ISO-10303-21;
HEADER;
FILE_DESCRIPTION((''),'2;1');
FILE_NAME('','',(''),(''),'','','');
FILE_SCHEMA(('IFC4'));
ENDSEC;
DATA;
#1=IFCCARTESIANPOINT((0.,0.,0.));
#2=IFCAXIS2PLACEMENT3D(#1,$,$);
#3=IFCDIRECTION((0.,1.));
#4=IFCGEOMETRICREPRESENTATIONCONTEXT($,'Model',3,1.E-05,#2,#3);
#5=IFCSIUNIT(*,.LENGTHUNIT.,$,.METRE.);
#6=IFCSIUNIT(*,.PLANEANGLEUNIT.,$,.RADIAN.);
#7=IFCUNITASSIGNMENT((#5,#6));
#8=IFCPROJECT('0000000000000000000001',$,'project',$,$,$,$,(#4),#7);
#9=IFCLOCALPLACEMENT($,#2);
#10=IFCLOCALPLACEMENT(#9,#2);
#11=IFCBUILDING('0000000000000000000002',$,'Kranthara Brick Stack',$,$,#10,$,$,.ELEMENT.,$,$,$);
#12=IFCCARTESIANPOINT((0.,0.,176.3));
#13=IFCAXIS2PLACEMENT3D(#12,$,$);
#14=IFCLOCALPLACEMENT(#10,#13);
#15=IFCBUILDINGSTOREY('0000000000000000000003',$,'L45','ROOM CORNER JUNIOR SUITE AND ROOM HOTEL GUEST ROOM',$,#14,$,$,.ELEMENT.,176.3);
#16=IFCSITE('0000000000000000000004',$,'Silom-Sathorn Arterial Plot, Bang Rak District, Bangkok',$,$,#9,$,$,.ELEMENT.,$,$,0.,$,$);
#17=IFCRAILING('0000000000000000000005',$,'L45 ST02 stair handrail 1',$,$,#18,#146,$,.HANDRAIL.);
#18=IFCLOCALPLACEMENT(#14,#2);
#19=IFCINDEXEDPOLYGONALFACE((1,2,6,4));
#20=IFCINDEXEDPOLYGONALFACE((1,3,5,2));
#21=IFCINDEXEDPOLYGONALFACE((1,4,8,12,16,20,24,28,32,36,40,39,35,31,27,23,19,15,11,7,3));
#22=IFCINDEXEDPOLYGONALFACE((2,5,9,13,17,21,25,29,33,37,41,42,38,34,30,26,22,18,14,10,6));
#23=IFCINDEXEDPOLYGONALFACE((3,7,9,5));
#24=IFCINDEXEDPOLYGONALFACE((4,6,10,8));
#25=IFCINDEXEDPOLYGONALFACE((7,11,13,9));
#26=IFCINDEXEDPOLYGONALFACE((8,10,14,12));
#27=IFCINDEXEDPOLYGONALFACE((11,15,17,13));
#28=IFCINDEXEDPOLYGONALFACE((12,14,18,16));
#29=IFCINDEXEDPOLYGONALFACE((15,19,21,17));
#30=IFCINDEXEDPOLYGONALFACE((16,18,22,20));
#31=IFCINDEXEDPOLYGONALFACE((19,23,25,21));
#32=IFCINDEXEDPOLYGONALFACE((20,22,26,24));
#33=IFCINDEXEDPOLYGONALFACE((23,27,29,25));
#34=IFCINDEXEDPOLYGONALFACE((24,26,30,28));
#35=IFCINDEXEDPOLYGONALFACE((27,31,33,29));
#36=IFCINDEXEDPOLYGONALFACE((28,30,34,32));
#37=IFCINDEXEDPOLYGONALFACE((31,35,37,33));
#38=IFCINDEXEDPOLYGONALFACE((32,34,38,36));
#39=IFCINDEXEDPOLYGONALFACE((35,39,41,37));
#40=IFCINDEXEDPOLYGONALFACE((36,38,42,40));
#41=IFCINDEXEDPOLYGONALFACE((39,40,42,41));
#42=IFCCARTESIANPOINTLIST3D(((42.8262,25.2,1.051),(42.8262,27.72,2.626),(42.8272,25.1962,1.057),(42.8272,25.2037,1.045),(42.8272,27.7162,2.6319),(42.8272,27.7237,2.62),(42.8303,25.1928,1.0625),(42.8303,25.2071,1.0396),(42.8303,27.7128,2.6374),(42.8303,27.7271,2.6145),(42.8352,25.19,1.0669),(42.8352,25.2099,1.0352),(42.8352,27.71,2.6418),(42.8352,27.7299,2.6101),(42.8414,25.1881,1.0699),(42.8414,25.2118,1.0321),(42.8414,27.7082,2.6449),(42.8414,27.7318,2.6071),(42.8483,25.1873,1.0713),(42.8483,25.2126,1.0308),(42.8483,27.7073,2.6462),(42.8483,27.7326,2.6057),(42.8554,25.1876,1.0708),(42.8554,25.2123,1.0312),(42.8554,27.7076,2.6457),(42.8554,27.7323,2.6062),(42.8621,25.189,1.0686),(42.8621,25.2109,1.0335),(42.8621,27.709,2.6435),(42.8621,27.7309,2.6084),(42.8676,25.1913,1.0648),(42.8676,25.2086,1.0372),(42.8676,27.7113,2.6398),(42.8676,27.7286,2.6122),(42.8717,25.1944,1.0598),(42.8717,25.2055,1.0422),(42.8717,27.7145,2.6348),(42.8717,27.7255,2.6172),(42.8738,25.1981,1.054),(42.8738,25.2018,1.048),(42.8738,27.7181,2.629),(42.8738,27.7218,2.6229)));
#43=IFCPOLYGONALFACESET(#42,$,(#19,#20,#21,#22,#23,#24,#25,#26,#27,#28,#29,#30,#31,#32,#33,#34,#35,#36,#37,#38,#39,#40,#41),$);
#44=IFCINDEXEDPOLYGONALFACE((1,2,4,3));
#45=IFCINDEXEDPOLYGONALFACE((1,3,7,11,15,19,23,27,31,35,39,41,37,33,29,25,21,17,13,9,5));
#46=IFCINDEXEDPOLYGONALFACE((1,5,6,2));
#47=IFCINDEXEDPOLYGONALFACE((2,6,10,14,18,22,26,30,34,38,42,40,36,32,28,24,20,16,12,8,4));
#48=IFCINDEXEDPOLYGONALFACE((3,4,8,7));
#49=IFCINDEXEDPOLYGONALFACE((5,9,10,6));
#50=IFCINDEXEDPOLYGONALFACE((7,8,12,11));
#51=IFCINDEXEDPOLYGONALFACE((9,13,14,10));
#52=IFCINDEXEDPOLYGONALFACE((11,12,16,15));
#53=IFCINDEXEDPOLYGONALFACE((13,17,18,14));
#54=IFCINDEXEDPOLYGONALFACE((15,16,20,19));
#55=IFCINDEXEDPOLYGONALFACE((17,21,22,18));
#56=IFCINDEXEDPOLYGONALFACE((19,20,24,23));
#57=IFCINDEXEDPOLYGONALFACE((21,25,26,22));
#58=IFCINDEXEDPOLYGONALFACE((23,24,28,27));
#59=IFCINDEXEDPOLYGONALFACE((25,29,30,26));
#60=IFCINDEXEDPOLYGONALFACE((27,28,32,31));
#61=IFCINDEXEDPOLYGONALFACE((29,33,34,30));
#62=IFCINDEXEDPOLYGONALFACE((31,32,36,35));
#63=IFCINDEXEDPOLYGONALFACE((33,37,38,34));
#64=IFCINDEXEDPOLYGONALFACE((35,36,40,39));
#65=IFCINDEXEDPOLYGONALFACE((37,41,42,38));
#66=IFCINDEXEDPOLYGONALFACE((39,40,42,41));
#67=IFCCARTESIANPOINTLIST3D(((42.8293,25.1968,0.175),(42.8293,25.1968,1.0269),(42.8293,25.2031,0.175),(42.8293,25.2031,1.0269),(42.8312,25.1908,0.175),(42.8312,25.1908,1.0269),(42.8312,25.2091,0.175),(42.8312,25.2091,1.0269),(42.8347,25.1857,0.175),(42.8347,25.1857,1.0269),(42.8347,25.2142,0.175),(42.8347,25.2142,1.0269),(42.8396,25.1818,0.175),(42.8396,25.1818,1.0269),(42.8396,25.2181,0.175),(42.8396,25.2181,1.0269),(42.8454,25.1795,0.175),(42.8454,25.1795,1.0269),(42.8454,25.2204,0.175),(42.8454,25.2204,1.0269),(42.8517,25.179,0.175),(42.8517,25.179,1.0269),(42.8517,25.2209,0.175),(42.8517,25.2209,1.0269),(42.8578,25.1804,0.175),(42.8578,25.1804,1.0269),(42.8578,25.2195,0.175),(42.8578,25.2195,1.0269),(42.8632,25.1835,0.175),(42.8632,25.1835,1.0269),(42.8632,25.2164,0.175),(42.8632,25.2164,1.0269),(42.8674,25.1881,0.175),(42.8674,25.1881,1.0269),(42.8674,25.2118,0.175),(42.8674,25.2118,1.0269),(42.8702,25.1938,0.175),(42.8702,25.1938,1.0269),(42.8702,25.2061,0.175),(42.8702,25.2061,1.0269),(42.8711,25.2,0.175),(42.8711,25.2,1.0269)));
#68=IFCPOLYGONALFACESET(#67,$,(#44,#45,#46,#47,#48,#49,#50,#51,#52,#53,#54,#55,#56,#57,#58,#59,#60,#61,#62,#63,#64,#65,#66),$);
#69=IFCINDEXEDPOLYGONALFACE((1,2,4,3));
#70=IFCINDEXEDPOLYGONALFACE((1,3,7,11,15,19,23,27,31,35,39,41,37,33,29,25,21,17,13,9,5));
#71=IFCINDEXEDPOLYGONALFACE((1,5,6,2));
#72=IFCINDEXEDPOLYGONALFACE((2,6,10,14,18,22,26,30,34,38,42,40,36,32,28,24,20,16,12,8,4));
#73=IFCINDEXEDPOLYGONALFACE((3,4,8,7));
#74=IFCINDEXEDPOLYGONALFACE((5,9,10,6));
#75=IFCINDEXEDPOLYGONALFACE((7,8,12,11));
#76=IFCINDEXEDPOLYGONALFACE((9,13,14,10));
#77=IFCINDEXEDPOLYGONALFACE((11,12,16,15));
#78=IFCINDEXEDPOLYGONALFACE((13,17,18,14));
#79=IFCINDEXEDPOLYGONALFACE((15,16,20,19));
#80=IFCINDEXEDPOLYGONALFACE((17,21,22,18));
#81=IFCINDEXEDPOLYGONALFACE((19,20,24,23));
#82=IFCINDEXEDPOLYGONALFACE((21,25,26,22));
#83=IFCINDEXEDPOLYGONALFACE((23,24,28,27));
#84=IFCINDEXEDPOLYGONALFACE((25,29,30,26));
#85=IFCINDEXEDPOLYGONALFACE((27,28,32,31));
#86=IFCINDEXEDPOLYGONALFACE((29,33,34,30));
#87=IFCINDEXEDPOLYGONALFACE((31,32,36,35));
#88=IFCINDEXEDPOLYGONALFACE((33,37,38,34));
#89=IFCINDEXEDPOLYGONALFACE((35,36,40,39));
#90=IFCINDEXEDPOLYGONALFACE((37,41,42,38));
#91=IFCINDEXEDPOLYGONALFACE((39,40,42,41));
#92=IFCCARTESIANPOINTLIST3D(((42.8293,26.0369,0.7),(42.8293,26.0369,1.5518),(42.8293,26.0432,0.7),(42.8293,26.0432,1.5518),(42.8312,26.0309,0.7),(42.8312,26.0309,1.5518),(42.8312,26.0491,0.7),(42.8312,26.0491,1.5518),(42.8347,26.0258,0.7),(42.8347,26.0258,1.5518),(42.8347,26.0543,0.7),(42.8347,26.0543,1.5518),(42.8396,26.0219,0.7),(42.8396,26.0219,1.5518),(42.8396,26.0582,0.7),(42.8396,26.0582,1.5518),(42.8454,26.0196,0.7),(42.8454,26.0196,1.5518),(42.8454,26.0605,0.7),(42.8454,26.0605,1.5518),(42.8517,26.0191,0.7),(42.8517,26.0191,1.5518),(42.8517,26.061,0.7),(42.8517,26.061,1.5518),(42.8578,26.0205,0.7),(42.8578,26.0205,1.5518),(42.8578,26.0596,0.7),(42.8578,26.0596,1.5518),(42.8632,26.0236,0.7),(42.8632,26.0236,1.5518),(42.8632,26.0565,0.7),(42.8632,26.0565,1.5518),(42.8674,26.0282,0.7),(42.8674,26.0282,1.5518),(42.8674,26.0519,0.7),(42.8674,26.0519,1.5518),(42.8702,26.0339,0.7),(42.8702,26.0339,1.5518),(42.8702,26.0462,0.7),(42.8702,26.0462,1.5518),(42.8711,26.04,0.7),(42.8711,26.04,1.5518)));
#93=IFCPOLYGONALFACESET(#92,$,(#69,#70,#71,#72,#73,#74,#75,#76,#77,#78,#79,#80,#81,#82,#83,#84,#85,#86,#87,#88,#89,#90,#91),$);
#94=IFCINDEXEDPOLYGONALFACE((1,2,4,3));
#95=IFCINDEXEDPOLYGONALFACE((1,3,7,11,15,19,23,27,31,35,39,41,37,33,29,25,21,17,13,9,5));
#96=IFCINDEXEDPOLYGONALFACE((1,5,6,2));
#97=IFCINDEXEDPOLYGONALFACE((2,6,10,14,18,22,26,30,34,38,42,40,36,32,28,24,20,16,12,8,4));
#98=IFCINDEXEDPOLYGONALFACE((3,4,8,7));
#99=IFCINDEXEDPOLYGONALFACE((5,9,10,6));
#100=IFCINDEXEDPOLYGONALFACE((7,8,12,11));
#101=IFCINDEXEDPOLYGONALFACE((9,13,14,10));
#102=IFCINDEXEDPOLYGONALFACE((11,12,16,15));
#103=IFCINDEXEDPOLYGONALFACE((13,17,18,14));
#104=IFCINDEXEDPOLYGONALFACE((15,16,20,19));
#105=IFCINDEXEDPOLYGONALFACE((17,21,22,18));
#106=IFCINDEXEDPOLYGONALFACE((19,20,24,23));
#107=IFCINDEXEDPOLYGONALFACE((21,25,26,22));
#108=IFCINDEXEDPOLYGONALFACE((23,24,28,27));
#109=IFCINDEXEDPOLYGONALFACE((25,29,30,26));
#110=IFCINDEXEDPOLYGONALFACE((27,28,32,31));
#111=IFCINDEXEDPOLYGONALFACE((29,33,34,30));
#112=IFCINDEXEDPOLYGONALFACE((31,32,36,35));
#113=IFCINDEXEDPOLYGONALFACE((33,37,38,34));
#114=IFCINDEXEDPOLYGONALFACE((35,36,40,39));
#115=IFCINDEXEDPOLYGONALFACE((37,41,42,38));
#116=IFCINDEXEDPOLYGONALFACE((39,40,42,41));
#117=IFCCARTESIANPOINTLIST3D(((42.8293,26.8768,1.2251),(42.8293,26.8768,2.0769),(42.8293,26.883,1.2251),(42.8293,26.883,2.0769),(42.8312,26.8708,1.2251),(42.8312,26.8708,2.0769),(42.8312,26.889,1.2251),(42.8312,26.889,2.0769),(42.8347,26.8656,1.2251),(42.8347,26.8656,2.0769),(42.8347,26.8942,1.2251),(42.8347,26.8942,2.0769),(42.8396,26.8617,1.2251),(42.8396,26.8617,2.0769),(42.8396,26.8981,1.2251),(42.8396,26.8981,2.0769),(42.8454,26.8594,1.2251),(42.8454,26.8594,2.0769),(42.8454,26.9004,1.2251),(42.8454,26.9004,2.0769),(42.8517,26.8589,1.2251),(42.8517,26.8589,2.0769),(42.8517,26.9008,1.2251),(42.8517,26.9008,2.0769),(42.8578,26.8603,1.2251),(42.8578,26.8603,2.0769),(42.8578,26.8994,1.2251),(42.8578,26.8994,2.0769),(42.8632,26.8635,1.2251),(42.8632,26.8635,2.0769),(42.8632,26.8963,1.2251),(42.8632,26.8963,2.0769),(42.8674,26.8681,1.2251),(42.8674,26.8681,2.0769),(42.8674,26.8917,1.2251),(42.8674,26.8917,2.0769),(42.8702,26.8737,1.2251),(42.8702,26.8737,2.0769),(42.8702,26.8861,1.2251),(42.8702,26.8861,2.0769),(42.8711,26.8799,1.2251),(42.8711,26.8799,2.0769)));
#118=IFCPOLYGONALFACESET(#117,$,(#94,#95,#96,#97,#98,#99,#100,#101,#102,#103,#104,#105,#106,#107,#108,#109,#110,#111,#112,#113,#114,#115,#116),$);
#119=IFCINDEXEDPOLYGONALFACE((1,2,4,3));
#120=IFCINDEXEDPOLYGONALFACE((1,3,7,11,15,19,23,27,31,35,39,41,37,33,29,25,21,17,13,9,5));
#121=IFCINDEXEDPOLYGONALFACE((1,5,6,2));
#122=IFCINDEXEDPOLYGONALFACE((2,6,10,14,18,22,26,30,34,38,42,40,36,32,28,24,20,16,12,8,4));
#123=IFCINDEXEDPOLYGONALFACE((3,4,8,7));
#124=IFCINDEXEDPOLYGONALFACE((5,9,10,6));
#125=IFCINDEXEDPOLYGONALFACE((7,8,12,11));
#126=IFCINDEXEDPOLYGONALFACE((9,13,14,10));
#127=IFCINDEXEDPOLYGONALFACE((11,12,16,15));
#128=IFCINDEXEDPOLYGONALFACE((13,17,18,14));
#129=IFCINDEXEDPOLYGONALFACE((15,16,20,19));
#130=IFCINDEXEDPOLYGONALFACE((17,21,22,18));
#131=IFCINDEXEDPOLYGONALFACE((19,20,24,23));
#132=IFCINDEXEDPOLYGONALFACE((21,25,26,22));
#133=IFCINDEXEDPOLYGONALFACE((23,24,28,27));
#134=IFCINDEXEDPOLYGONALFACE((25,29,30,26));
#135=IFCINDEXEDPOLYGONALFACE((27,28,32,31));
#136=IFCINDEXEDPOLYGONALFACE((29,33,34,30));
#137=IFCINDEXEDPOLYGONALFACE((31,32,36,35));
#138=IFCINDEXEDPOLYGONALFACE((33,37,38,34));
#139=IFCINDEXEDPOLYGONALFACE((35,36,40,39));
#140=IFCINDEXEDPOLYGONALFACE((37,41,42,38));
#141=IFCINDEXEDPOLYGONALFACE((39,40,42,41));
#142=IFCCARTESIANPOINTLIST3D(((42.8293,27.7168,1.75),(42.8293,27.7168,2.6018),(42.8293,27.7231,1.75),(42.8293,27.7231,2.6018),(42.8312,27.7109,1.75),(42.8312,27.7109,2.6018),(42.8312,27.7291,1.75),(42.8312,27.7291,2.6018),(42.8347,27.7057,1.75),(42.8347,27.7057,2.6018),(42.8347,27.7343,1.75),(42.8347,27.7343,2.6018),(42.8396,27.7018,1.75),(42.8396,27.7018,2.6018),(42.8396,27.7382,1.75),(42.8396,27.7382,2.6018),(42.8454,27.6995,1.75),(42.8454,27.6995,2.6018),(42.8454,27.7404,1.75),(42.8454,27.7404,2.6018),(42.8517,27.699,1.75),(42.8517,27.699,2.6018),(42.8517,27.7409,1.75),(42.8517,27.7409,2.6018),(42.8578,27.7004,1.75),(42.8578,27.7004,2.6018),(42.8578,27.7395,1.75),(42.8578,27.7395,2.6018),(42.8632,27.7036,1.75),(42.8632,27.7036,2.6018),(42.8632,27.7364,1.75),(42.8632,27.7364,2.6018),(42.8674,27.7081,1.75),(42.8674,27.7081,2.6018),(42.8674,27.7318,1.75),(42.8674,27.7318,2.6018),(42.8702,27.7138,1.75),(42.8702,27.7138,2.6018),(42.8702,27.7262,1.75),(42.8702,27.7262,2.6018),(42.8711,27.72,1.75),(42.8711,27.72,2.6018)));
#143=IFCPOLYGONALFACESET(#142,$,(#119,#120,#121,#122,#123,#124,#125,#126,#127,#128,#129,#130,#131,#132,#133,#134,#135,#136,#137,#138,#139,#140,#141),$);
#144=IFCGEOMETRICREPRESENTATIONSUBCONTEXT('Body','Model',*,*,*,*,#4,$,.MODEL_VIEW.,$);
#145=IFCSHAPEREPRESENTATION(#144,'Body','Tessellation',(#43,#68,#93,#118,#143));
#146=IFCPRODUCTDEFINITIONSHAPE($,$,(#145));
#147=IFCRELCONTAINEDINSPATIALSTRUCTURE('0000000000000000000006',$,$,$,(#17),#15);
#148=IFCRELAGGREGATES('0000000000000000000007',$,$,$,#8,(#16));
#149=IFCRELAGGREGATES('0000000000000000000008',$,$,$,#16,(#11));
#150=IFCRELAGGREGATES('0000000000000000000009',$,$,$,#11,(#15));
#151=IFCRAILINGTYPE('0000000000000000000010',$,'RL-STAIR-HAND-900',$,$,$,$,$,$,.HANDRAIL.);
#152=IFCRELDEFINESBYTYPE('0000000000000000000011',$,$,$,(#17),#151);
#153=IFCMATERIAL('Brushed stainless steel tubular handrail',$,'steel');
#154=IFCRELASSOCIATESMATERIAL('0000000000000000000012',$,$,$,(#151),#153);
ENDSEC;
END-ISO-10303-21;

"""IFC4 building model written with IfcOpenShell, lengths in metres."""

from ifc_helpers import new_model, si_unit, direction, frame, origin, origin_2d, place, context, subcontext, project, spatial, circle, extrude, material, type_object, element, save


model = new_model("IFC4")

# Units and contexts
model_context = context("Model", 3, precision=1e-05, world=origin(), true_north=direction((0.0, 1.0)))
body_context = subcontext(model_context, "Body", "Model", "MODEL_VIEW")
ifc_project = project(units=[si_unit("LENGTHUNIT", "METRE"), si_unit("PLANEANGLEUNIT", "RADIAN")], contexts=[model_context])

# Site, building, storey
site_placement = place(None, origin())
site = spatial("IfcSite", under=ifc_project, at=site_placement, Name="Silom-Sathorn Arterial Plot, Bang Rak District, Bangkok", CompositionType="ELEMENT", RefElevation=0.0)
building_placement = place(site_placement, origin())
building = spatial("IfcBuilding", under=site, at=building_placement, Name="Kranthara Brick Stack", CompositionType="ELEMENT")
storey_placement = place(building_placement, frame((0.0, 0.0, 176.3)))
storey = spatial("IfcBuildingStorey", under=building, at=storey_placement, Name="L45", Description="ROOM CORNER JUNIOR SUITE AND ROOM HOTEL GUEST ROOM", CompositionType="ELEMENT", Elevation=176.3)

# Railing
ifc_material_1 = material(Name="Brushed stainless steel tubular handrail", Category="steel")
railing_type_1 = type_object("IfcRailingType", Name="RL-STAIR-HAND-900", PredefinedType="HANDRAIL", material=ifc_material_1)
railing_1_placement = place(storey_placement, frame((42.8501, 25.2, 0.175)))
element("IfcRailing", 1, at=railing_1_placement, inside=storey, type_object=railing_type_1, Name="L45 ST02 stair handrail 1", PredefinedType="HANDRAIL", context=body_context, shape_type="SweptSolid", body=[
    extrude(circle(Radius=0.0239, at=origin_2d()), frame((0.0, 0.0, 0.876), z_axis=(0.0, 0.848008, 0.529984), x_axis=(-1.0, 0.0, 0.0)), (0.0, 0.0, 1.0), 2.9717),
    extrude(circle(Radius=0.021, at=origin_2d()), origin(), (0.0, 0.0, 1.0), 0.8518),
    extrude(circle(Radius=0.021, at=origin_2d()), frame((0.0, 0.8401, 0.5249)), (0.0, 0.0, 1.0), 0.8518),
    extrude(circle(Radius=0.021, at=origin_2d()), frame((0.0, 1.6799, 1.05)), (0.0, 0.0, 1.0), 0.8518),
    extrude(circle(Radius=0.021, at=origin_2d()), frame((0.0, 2.52, 1.575)), (0.0, 0.0, 1.0), 0.8518),
])

save(model, "model.ifc")
